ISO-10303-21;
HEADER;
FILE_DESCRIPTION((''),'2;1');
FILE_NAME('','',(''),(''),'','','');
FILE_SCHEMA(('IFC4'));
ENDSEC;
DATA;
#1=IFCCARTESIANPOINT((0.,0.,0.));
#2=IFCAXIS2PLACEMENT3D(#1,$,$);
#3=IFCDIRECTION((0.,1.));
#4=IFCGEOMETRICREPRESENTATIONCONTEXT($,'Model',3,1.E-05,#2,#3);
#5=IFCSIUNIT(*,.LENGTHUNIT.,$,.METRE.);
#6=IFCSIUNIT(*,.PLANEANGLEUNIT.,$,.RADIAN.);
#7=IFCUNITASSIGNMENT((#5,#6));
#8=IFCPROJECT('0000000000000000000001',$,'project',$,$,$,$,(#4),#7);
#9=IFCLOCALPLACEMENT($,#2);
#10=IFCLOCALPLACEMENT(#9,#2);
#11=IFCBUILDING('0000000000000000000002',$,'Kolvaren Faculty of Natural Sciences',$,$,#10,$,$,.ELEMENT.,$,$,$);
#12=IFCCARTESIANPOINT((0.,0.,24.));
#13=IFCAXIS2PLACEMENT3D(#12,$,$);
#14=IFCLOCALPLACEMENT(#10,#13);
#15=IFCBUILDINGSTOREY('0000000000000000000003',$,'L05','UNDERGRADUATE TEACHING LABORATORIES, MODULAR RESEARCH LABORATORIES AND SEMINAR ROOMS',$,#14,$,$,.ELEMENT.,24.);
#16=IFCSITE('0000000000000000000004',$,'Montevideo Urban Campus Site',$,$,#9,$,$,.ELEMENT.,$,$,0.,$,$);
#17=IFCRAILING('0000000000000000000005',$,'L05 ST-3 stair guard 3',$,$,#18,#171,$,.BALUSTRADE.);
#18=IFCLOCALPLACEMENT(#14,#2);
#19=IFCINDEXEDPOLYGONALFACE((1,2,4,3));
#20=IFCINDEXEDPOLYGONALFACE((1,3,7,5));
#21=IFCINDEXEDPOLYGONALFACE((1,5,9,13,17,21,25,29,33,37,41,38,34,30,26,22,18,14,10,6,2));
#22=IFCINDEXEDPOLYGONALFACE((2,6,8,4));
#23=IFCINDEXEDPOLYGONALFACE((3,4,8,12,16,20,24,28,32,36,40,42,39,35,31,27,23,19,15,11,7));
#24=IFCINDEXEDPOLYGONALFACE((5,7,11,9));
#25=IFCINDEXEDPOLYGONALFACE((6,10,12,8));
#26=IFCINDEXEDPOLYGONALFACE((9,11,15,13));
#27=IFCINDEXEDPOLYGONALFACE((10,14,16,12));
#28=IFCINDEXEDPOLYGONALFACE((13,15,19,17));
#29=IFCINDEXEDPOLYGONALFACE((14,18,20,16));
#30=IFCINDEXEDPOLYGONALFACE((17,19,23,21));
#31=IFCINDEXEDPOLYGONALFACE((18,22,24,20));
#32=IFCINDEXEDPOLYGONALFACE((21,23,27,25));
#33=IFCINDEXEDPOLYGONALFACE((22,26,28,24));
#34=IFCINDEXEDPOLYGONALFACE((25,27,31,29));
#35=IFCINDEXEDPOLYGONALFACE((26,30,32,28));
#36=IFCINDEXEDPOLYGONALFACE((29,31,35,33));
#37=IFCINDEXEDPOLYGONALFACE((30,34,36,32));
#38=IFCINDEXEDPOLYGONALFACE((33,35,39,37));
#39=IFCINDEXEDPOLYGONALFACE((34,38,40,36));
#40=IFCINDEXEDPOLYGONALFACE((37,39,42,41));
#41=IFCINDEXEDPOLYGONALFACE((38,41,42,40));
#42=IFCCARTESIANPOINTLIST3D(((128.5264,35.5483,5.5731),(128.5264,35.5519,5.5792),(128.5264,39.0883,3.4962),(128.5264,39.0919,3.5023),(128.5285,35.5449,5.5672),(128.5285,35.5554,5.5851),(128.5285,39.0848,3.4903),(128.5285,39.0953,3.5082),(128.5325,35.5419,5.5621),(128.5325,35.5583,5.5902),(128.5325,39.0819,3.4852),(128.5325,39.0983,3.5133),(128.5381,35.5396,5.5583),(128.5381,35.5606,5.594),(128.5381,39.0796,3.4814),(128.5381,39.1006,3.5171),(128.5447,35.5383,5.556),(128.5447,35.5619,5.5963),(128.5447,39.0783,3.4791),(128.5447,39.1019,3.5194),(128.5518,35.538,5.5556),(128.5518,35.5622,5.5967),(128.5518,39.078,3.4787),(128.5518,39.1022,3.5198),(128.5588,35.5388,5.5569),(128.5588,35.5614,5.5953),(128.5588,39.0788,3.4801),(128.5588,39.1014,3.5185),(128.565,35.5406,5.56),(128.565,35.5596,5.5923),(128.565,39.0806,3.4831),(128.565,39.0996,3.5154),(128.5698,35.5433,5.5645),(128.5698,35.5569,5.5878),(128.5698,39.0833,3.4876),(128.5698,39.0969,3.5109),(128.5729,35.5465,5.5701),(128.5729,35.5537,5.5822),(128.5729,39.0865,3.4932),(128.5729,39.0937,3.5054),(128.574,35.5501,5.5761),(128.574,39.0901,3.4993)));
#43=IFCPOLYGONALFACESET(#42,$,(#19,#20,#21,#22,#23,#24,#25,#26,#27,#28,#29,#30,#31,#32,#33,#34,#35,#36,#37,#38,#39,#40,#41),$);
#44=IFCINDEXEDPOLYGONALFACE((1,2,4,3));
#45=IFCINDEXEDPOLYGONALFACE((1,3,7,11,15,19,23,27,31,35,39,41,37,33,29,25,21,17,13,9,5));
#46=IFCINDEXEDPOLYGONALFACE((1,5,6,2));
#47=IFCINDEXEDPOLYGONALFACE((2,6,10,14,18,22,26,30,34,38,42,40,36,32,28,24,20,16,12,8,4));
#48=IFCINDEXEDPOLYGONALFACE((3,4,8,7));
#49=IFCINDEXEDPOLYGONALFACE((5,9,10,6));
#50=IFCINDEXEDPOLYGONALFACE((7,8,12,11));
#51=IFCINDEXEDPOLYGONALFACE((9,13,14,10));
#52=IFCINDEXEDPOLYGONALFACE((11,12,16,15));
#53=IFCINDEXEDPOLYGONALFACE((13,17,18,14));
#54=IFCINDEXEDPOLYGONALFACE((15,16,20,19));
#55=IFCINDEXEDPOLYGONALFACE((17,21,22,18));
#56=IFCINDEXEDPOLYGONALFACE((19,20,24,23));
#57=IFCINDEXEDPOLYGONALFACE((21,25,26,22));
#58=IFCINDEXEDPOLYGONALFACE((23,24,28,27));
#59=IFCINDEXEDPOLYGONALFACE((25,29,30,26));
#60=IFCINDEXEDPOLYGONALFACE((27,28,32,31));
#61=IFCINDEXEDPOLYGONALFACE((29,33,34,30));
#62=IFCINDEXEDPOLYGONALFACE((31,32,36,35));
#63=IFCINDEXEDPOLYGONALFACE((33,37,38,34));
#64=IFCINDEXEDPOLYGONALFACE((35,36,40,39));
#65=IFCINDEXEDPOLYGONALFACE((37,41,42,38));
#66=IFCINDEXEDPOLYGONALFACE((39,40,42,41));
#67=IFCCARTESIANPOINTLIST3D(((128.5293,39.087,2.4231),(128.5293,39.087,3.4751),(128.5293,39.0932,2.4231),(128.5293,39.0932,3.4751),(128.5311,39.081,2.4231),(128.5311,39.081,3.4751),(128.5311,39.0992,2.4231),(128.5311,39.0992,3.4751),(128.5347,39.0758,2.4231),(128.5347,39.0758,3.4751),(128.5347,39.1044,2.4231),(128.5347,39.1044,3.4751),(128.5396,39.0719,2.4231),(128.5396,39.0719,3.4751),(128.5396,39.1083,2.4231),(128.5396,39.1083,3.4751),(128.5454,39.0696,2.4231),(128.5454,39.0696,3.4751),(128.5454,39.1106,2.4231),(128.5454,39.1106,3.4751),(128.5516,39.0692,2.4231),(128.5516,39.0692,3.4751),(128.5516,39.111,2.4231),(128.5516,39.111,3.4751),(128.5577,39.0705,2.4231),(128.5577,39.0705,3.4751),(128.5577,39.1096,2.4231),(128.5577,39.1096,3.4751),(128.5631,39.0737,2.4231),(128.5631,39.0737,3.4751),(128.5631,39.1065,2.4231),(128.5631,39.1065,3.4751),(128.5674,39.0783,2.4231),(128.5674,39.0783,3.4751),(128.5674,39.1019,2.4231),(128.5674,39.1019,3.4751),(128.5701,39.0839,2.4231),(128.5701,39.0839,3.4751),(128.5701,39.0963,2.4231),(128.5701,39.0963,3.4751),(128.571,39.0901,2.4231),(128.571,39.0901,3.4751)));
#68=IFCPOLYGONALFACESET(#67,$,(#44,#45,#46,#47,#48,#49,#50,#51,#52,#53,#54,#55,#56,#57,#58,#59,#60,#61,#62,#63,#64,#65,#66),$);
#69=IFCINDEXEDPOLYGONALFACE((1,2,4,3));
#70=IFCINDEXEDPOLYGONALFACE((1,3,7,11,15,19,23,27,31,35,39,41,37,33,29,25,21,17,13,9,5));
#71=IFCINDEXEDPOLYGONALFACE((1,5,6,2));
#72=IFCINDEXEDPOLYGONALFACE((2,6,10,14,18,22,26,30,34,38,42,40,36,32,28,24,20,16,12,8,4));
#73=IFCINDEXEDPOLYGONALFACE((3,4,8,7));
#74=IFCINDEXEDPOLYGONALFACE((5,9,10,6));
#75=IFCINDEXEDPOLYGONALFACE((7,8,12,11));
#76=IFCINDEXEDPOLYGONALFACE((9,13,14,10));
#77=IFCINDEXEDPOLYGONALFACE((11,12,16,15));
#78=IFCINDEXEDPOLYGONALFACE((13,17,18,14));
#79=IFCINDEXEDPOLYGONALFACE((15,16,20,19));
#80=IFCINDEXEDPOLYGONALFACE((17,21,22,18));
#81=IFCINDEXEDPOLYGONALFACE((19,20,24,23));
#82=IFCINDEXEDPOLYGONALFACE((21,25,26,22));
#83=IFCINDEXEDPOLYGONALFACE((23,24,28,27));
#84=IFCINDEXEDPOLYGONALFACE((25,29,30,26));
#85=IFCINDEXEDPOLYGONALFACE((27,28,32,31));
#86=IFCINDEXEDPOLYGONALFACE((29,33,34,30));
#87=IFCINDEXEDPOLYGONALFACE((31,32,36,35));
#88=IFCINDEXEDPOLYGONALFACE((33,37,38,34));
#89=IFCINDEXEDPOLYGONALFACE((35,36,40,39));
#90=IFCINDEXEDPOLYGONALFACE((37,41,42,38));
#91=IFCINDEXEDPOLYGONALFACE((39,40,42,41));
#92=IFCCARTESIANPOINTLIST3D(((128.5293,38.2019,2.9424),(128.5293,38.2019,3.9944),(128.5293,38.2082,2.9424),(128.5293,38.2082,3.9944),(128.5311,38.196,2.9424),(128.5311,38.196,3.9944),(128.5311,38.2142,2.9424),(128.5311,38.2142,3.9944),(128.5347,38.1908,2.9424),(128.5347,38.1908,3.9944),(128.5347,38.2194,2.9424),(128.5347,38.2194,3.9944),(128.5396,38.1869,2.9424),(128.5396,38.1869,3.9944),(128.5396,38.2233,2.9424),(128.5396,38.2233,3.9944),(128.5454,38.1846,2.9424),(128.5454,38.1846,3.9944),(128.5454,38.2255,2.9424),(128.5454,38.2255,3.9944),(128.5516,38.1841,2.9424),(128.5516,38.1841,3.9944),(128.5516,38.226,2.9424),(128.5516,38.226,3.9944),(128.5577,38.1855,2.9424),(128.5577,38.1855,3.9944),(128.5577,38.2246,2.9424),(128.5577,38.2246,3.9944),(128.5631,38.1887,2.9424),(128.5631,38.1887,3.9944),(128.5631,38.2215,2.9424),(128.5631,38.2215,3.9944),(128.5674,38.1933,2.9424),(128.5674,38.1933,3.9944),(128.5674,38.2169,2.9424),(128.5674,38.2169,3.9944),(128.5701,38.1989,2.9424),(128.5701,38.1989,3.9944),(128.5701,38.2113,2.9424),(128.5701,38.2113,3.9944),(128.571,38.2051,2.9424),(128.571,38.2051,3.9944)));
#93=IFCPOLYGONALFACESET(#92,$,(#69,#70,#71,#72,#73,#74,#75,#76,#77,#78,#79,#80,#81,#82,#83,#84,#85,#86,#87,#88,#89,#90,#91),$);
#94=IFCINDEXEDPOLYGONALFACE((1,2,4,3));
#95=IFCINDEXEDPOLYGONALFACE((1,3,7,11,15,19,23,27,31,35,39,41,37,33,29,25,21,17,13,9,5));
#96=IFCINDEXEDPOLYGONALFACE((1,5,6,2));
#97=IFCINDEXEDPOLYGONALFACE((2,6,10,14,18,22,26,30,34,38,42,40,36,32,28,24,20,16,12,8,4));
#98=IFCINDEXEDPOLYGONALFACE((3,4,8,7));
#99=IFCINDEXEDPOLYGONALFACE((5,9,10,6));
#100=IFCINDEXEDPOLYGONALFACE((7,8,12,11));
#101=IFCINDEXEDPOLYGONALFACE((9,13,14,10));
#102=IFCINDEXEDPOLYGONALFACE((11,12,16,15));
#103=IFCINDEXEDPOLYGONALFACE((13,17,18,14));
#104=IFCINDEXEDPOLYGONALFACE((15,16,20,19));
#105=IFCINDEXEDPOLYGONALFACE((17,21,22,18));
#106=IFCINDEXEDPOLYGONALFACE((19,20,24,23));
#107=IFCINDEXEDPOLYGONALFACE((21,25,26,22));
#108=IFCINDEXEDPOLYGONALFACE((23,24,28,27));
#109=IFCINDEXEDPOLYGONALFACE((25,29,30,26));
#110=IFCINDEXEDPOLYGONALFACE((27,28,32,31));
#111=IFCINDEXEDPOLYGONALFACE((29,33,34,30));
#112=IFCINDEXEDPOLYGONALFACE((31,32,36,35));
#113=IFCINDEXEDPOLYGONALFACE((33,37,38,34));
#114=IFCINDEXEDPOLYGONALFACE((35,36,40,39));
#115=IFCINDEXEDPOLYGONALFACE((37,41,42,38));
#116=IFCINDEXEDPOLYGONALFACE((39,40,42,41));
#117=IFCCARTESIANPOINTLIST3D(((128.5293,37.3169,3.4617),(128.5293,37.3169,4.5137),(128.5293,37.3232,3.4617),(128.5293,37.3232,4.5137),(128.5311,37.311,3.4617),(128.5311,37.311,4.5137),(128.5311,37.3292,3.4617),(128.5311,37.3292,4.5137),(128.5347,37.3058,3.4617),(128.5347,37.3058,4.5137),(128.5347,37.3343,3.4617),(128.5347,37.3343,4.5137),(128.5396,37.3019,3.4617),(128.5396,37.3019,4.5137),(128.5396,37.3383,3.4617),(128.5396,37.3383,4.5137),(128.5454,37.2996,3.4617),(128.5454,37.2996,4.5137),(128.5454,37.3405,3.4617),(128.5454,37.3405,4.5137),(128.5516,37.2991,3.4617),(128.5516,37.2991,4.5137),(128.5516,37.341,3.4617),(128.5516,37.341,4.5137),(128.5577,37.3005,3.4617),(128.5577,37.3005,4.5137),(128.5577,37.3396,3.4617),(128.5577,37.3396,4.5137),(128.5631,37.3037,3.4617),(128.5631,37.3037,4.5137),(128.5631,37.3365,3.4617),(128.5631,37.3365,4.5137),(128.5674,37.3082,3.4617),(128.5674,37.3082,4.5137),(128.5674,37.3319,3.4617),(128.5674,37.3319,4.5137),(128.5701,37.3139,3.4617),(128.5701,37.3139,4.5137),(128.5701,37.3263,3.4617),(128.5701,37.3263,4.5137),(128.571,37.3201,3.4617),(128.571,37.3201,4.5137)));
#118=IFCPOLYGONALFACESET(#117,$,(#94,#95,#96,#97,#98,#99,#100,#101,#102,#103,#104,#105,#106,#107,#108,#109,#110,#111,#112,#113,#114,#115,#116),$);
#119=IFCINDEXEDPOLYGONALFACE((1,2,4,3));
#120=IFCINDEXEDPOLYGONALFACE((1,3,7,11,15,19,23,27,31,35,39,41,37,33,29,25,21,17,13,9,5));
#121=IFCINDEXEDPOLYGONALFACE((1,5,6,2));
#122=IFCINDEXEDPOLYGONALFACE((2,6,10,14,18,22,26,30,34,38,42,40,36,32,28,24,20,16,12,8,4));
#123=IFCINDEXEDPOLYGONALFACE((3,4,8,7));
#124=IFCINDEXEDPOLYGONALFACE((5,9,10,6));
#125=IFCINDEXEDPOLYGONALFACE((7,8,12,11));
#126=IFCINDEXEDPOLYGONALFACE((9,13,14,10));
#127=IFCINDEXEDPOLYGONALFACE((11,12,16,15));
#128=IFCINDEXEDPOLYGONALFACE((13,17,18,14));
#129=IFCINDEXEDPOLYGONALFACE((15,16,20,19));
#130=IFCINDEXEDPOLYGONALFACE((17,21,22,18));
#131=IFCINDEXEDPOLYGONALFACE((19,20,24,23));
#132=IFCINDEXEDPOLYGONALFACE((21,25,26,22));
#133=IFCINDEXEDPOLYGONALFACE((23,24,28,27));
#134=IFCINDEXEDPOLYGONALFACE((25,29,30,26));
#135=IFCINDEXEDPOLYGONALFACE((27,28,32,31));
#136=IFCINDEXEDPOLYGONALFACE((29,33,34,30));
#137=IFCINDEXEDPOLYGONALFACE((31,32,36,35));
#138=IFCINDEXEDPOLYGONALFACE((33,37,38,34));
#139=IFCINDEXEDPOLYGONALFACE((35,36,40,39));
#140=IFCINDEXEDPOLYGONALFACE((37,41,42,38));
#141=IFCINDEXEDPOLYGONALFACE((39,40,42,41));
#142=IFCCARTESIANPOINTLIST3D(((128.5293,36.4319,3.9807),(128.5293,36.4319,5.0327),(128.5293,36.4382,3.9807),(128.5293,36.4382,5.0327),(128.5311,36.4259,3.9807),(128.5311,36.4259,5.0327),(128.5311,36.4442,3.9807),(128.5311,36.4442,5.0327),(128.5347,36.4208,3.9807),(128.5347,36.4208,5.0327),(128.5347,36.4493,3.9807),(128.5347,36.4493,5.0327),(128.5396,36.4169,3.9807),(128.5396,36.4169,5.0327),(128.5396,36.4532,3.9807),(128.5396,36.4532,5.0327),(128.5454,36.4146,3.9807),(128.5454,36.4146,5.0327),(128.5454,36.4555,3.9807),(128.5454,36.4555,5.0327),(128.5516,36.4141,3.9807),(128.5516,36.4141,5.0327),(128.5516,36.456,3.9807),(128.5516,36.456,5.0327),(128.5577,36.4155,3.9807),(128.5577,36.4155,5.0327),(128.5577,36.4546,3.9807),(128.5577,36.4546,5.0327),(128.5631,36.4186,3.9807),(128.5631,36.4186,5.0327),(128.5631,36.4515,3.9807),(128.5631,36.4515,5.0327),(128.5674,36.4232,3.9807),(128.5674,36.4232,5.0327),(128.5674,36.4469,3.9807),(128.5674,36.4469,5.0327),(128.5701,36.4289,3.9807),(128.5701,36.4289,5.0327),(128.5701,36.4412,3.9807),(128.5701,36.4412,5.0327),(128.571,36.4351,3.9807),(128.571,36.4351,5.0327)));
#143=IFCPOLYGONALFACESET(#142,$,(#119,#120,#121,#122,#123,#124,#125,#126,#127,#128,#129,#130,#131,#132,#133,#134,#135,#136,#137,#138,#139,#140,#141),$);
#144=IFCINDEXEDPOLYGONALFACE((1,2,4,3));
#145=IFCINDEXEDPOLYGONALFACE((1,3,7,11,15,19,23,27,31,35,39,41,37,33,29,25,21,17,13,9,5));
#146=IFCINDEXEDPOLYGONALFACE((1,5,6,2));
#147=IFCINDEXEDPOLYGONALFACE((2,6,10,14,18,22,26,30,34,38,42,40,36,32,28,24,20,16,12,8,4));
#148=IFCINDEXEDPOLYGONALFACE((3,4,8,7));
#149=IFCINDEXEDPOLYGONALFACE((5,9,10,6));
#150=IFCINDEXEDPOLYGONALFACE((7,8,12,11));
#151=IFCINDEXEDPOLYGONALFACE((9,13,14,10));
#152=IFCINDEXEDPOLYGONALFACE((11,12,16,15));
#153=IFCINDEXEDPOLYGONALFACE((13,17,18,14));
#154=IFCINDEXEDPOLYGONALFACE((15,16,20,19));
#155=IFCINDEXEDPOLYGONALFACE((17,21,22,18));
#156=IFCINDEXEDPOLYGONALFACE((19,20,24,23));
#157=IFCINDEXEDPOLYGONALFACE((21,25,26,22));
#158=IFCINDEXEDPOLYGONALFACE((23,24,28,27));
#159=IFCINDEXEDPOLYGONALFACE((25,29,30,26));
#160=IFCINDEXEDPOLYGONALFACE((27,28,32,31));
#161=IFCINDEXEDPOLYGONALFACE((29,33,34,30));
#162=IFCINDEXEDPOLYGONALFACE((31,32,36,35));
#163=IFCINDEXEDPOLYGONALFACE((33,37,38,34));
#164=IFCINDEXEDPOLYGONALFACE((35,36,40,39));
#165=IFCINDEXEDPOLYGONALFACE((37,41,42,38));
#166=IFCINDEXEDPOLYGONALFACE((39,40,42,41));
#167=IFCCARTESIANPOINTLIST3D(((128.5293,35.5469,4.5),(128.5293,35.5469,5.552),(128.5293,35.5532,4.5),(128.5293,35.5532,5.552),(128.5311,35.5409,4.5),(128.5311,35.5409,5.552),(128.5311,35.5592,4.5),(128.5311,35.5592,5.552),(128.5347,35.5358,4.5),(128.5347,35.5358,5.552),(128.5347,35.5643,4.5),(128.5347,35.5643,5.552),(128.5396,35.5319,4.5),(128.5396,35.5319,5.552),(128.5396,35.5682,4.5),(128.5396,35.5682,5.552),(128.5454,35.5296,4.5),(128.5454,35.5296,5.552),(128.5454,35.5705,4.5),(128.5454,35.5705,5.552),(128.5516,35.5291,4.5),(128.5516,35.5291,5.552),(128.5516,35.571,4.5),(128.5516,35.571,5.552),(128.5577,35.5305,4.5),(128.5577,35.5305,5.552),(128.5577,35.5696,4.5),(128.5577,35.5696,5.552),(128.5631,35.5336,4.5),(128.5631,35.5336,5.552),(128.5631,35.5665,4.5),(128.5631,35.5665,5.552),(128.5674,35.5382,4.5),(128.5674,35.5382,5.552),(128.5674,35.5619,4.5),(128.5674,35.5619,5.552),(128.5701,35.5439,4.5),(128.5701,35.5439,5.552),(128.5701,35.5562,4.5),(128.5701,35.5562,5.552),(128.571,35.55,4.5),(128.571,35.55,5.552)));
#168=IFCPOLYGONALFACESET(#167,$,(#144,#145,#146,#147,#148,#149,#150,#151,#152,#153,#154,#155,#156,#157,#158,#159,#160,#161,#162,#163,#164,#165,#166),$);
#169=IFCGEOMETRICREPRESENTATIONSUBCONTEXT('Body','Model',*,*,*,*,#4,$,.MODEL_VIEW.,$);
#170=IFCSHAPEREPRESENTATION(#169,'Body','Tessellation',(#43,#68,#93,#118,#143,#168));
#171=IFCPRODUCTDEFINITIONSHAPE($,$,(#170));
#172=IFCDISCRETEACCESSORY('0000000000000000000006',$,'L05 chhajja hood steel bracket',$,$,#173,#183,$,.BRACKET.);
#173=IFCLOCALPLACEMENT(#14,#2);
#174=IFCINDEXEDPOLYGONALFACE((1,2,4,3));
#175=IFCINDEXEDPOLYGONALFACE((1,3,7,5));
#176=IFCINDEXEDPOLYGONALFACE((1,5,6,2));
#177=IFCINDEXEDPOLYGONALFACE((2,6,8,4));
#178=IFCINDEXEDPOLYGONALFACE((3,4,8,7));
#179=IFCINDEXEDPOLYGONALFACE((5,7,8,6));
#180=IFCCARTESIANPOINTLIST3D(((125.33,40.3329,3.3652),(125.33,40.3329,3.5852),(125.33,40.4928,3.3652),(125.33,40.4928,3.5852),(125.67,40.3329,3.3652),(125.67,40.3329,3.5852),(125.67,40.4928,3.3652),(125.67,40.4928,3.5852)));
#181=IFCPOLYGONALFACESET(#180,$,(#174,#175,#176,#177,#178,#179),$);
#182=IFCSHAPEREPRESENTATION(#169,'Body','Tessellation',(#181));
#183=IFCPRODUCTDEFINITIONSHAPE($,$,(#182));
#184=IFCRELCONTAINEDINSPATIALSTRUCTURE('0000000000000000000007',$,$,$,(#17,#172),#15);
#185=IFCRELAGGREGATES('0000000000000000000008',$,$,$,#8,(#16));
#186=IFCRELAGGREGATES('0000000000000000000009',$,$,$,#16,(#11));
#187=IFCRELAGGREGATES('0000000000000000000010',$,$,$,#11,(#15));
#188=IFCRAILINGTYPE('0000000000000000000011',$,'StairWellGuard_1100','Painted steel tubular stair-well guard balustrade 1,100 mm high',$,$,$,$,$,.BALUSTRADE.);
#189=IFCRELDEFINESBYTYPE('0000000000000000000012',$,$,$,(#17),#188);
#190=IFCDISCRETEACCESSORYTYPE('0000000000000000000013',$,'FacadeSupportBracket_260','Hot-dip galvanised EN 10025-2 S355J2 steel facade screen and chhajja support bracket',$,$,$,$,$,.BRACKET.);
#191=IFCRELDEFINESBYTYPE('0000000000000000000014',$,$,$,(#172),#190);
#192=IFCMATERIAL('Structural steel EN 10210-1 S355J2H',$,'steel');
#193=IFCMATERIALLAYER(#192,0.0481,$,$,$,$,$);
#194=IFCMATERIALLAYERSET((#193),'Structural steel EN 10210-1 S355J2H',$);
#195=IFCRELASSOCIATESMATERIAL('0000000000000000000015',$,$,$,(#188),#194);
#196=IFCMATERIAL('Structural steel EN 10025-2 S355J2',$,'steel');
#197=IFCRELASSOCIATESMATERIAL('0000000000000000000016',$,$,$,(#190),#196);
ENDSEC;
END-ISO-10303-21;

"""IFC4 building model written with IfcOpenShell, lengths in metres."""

from ifc_helpers import new_model, si_unit, direction, frame, origin, origin_2d, place, context, subcontext, project, spatial, rectangle, circle, extrude, material, layer, layer_set, type_object, element, save


model = new_model("IFC4")

# Units and contexts
model_context = context("Model", 3, precision=1e-05, world=origin(), true_north=direction((0.0, 1.0)))
body_context = subcontext(model_context, "Body", "Model", "MODEL_VIEW")
ifc_project = project(units=[si_unit("LENGTHUNIT", "METRE"), si_unit("PLANEANGLEUNIT", "RADIAN")], contexts=[model_context])

# Site, building, storey
site_placement = place(None, origin())
site = spatial("IfcSite", under=ifc_project, at=site_placement, Name="Montevideo Urban Campus Site", CompositionType="ELEMENT", RefElevation=0.0)
building_placement = place(site_placement, origin())
building = spatial("IfcBuilding", under=site, at=building_placement, Name="Kolvaren Faculty of Natural Sciences", CompositionType="ELEMENT")
storey_placement = place(building_placement, frame((0.0, 0.0, 24.0)))
storey = spatial("IfcBuildingStorey", under=building, at=storey_placement, Name="L05", Description="UNDERGRADUATE TEACHING LABORATORIES, MODULAR RESEARCH LABORATORIES AND SEMINAR ROOMS", CompositionType="ELEMENT", Elevation=24.0)

# Railing
ifc_material_1 = material(Name="Structural steel EN 10210-1 S355J2H", Category="steel")
ifc_layer_1 = layer(ifc_material_1, 0.0481)
ifc_layer_set_1 = layer_set([ifc_layer_1], Name="Structural steel EN 10210-1 S355J2H")
railing_type = type_object("IfcRailingType", Name="StairWellGuard_1100", Description="Painted steel tubular stair-well guard balustrade 1,100 mm high", PredefinedType="BALUSTRADE", material=ifc_layer_set_1)
railing_1_placement = place(storey_placement, frame((128.55, 39.0901, 2.4231)))
element("IfcRailing", 1, at=railing_1_placement, inside=storey, type_object=railing_type, Name="L05 ST-3 stair guard 3", PredefinedType="BALUSTRADE", context=body_context, shape_type="SweptSolid", body=[
    extrude(circle(Radius=0.0239, at=origin_2d()), frame((0.0, 0.0, 1.0762), z_axis=(0.0, -0.862516, 0.506029), x_axis=(1.0, 0.0, 0.0)), (0.0, 0.0, 1.0), 4.1042),
    extrude(circle(Radius=0.021, at=origin_2d()), origin(), (0.0, 0.0, 1.0), 1.052),
    extrude(circle(Radius=0.021, at=origin_2d()), frame((0.0, -0.885, 0.5193)), (0.0, 0.0, 1.0), 1.052),
    extrude(circle(Radius=0.021, at=origin_2d()), frame((0.0, -1.77, 1.0386)), (0.0, 0.0, 1.0), 1.052),
    extrude(circle(Radius=0.021, at=origin_2d()), frame((0.0, -2.655, 1.5576)), (0.0, 0.0, 1.0), 1.052),
    extrude(circle(Radius=0.021, at=origin_2d()), frame((0.0, -3.54, 2.0769)), (0.0, 0.0, 1.0), 1.052),
])

# Discrete accessory
ifc_material_2 = material(Name="Structural steel EN 10025-2 S355J2", Category="steel")
discrete_accessory_type = type_object("IfcDiscreteAccessoryType", Name="FacadeSupportBracket_260", Description="Hot-dip galvanised EN 10025-2 S355J2 steel facade screen and chhajja support bracket", PredefinedType="BRACKET", material=ifc_material_2)
discrete_accessory_placement = place(storey_placement, frame((125.5, 40.4128, 3.3652), z_axis=(0.0, 0.0, 1.0), x_axis=(0.0, 1.0, 0.0)))
element("IfcDiscreteAccessory", 2, at=discrete_accessory_placement, inside=storey, type_object=discrete_accessory_type, Name="L05 chhajja hood steel bracket", PredefinedType="BRACKET", context=body_context, shape_type="SweptSolid", body=[
    extrude(rectangle(XDim=0.1599, YDim=0.3401, at=origin_2d()), origin(), (0.0, 0.0, 1.0), 0.22),
])

save(model, "model.ifc")
